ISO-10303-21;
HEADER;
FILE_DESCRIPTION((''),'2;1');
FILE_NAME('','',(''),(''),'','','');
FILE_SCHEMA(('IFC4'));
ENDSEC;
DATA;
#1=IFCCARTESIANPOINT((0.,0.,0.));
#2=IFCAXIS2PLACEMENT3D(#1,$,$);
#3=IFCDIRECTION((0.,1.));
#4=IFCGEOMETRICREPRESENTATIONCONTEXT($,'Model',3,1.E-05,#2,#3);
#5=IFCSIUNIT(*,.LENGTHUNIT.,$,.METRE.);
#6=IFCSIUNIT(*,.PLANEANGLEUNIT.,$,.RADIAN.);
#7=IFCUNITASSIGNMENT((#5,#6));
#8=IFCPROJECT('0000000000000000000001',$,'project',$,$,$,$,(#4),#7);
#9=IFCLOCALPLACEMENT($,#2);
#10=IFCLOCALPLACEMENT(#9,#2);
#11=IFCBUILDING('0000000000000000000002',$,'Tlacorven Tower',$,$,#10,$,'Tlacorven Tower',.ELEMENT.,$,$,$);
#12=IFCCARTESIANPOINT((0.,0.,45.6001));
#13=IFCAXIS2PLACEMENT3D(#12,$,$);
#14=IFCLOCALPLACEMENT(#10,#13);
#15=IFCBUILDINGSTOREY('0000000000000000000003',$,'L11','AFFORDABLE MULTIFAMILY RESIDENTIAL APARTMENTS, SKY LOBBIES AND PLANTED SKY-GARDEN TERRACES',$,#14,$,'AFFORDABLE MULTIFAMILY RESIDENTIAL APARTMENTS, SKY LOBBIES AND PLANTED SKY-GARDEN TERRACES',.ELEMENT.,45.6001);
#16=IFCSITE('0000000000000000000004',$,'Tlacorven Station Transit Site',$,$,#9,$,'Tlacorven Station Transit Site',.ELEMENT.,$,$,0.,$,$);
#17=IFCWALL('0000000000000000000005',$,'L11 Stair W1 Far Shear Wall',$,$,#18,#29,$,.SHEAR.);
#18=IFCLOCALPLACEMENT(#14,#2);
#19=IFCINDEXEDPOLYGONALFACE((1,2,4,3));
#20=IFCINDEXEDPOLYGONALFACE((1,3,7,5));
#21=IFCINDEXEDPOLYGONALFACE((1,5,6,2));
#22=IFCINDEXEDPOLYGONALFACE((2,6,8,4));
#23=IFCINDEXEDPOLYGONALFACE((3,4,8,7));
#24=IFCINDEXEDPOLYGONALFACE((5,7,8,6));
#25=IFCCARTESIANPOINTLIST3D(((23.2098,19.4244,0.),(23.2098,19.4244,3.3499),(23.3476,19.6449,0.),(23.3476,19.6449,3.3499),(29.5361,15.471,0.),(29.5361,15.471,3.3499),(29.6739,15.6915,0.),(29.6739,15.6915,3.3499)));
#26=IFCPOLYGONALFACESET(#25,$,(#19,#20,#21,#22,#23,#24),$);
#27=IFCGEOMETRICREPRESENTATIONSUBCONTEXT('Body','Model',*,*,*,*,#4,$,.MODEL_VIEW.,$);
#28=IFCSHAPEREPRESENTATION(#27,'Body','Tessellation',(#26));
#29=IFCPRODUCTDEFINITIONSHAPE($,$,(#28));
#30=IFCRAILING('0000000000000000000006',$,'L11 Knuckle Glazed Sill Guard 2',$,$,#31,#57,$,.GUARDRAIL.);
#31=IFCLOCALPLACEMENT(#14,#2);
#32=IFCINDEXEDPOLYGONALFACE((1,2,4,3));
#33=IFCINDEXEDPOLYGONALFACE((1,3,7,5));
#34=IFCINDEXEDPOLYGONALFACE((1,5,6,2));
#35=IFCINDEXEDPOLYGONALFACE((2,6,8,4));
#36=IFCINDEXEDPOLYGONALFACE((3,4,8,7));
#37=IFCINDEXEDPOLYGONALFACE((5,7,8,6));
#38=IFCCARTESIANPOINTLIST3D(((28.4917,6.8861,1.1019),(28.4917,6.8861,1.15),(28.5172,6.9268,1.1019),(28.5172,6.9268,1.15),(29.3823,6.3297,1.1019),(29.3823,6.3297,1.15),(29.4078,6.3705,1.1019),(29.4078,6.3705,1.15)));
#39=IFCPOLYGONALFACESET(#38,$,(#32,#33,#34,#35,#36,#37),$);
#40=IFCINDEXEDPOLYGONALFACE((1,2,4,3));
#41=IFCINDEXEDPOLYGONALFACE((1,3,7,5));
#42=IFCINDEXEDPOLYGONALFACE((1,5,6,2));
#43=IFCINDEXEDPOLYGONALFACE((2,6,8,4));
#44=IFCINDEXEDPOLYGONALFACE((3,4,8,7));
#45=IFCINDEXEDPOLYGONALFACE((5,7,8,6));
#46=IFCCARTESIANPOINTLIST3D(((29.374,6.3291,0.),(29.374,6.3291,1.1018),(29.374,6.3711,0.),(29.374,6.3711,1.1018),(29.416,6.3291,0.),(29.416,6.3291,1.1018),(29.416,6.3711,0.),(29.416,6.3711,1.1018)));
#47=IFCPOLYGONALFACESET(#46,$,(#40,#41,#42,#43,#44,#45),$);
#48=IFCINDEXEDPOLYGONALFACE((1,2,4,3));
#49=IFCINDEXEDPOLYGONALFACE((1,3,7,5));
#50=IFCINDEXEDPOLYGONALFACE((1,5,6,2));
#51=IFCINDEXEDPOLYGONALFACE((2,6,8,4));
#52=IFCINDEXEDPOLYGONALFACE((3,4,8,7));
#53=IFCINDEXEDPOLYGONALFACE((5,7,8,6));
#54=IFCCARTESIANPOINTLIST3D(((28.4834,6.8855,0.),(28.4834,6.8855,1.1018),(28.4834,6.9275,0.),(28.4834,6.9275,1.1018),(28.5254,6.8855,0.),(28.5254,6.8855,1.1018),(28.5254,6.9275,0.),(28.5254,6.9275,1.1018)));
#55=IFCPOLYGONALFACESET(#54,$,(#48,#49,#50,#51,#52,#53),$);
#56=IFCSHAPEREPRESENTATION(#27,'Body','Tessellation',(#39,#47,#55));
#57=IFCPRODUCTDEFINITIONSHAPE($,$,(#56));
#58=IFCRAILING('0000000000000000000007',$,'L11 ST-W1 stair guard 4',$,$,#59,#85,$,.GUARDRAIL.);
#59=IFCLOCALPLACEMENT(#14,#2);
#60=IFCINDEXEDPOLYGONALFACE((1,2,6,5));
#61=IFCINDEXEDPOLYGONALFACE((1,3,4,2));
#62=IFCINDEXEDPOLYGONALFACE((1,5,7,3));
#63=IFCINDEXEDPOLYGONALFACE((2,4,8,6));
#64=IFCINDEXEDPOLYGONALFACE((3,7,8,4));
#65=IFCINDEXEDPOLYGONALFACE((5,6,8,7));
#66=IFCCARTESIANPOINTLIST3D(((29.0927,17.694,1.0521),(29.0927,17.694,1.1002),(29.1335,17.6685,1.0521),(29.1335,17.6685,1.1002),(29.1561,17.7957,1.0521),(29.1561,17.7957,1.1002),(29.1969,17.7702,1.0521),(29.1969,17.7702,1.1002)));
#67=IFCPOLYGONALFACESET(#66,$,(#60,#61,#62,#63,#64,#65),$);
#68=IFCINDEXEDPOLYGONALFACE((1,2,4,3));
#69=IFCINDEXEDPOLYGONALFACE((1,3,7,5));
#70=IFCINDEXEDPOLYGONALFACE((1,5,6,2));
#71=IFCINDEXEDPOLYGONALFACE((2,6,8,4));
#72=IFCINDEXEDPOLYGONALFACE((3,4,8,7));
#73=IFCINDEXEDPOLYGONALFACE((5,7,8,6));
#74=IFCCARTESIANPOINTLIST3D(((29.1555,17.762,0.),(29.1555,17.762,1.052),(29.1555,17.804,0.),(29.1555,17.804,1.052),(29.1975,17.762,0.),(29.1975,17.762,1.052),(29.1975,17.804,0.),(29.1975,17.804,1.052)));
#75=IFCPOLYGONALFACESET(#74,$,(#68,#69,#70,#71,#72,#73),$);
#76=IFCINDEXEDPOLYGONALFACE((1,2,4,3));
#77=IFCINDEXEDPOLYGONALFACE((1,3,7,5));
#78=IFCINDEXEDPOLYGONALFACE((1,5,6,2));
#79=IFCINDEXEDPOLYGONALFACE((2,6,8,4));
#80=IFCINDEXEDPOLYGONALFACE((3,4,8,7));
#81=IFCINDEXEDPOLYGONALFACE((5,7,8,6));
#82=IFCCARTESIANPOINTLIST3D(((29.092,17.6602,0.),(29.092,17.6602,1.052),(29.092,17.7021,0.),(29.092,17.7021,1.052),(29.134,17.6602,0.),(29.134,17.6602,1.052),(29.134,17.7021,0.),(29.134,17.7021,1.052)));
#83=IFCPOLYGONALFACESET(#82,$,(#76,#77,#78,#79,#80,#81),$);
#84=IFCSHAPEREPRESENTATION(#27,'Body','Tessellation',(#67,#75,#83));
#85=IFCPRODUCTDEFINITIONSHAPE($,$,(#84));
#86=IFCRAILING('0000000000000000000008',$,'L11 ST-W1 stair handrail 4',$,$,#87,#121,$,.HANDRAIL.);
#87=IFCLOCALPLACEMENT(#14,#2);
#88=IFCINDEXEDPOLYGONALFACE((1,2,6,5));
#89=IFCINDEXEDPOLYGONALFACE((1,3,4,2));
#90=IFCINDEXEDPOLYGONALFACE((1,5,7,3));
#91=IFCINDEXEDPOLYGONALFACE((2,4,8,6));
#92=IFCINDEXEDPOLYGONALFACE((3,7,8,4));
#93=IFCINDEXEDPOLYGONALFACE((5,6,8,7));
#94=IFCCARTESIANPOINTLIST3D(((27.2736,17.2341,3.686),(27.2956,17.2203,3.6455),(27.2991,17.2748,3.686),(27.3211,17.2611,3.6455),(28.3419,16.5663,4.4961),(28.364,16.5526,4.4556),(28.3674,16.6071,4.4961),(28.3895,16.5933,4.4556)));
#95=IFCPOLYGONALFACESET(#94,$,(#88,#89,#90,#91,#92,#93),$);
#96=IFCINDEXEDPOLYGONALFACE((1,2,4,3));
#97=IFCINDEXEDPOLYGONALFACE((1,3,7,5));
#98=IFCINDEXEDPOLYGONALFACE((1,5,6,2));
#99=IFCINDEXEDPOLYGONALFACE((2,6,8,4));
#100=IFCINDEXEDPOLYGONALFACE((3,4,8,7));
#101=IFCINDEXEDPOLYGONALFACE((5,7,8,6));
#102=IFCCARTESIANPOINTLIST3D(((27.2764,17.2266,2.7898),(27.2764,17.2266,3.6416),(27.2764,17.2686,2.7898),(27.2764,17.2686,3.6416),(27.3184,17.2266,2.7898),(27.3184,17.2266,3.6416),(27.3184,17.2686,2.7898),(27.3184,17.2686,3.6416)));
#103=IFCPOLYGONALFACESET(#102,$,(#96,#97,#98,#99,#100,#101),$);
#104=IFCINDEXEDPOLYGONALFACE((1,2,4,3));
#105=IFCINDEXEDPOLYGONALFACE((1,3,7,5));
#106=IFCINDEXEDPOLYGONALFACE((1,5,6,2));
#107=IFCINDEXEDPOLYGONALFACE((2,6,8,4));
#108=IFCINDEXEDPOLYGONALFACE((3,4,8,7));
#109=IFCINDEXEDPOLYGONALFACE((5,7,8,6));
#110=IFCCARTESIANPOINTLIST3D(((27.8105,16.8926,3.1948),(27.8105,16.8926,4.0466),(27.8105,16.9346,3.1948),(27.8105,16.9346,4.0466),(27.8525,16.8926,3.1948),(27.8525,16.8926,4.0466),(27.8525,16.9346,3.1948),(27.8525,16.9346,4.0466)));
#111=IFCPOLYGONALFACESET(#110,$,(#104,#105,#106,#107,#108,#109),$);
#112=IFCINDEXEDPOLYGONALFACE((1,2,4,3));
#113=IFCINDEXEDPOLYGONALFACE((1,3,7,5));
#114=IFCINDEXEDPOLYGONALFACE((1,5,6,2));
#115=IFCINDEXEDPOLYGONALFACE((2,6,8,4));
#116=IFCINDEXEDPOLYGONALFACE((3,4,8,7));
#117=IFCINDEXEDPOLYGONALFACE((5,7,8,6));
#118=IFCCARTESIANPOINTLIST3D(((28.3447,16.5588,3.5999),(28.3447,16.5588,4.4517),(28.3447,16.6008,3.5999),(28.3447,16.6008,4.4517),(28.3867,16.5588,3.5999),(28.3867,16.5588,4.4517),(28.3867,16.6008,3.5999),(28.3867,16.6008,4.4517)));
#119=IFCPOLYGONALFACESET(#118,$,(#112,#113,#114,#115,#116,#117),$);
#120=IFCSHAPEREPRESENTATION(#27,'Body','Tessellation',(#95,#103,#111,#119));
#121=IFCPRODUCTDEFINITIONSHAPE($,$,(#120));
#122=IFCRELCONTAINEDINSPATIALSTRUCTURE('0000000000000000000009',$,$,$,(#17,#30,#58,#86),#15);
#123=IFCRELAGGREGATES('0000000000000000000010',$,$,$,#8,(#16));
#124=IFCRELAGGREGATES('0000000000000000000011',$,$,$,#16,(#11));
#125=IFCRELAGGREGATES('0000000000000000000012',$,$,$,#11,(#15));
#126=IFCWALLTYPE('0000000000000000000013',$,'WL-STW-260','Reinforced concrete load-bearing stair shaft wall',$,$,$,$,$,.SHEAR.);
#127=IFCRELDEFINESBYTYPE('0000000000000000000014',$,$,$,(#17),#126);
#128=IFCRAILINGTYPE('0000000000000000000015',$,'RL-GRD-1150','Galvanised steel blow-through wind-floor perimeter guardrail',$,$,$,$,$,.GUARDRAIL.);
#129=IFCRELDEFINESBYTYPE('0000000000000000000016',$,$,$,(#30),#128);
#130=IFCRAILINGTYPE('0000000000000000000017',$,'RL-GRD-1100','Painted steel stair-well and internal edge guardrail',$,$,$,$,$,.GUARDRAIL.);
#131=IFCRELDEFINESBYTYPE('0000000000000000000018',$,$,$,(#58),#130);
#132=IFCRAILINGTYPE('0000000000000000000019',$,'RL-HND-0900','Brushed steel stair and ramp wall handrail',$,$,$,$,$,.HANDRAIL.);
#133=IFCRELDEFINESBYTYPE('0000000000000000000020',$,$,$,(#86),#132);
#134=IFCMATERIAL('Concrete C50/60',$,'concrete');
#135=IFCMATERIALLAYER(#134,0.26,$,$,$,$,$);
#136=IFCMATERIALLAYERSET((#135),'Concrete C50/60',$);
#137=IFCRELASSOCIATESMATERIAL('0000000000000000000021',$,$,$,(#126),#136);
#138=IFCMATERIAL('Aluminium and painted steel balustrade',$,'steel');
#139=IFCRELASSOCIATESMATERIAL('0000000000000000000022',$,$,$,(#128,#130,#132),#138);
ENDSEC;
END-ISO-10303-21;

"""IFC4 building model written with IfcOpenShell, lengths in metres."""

from ifc_helpers import new_model, si_unit, direction, frame, frame_2d, origin, origin_2d, place, context, subcontext, project, spatial, rectangle, extrude, source, transform, mapped, material, layer, layer_set, type_object, element, save


model = new_model("IFC4")

# Units and contexts
model_context = context("Model", 3, precision=1e-05, world=origin(), true_north=direction((0.0, 1.0)))
body_context = subcontext(model_context, "Body", "Model", "MODEL_VIEW")
ifc_project = project(units=[si_unit("LENGTHUNIT", "METRE"), si_unit("PLANEANGLEUNIT", "RADIAN")], contexts=[model_context])

# Site, building, storey
site_placement = place(None, origin())
site = spatial("IfcSite", under=ifc_project, at=site_placement, Name="Tlacorven Station Transit Site", LongName="Tlacorven Station Transit Site", CompositionType="ELEMENT", RefElevation=0.0)
building_placement = place(site_placement, origin())
building = spatial("IfcBuilding", under=site, at=building_placement, Name="Tlacorven Tower", LongName="Tlacorven Tower", CompositionType="ELEMENT")
storey_placement = place(building_placement, frame((0.0, 0.0, 45.6001)))
storey = spatial("IfcBuildingStorey", under=building, at=storey_placement, Name="L11", Description="AFFORDABLE MULTIFAMILY RESIDENTIAL APARTMENTS, SKY LOBBIES AND PLANTED SKY-GARDEN TERRACES", LongName="AFFORDABLE MULTIFAMILY RESIDENTIAL APARTMENTS, SKY LOBBIES AND PLANTED SKY-GARDEN TERRACES", CompositionType="ELEMENT", Elevation=45.6001)

# Wall
ifc_material_1 = material(Name="Concrete C50/60", Category="concrete")
ifc_layer_1 = layer(ifc_material_1, 0.26)
ifc_layer_set_1 = layer_set([ifc_layer_1], Name="Concrete C50/60")
wall_type_1 = type_object("IfcWallType", Name="WL-STW-260", Description="Reinforced concrete load-bearing stair shaft wall", PredefinedType="SHEAR", material=ifc_layer_set_1)
wall_1_placement = place(storey_placement, frame((29.605, 15.5813, 0.0), z_axis=(0.0, 0.0, 1.0), x_axis=(-0.848037, 0.529937, 0.0)))
element("IfcWall", 1, at=wall_1_placement, inside=storey, type_object=wall_type_1, Name="L11 Stair W1 Far Shear Wall", PredefinedType="SHEAR", context=body_context, shape_type="SweptSolid", body=[
    extrude(rectangle(XDim=7.46, YDim=0.26, at=frame_2d((3.73, 0.0))), origin(), (0.0, 0.0, 1.0), 3.3499),
])

# Railings
ifc_material_2 = material(Name="Aluminium and painted steel balustrade", Category="steel")
railing_type_1 = type_object("IfcRailingType", Name="RL-GRD-1150", Description="Galvanised steel blow-through wind-floor perimeter guardrail", PredefinedType="GUARDRAIL", material=ifc_material_2)
shared_shape_1 = source(origin(), body_context, "Body", "SweptSolid", [
    extrude(rectangle(XDim=0.0481, YDim=0.0481, at=origin_2d()), frame((0.0, 0.0, 1.126), z_axis=(-0.848103, 0.529832, 0.0), x_axis=(-0.529832, -0.848103, 0.0)), (0.0, 0.0, 1.0), 1.05),
    extrude(rectangle(XDim=0.042, YDim=0.042, at=origin_2d()), origin(), (0.0, 0.0, 1.0), 1.1018),
    extrude(rectangle(XDim=0.042, YDim=0.042, at=origin_2d()), frame((-0.8906, 0.5564, 0.0)), (0.0, 0.0, 1.0), 1.1018),
])
railing_1_placement = place(storey_placement, frame((29.395, 6.3501, 0.0)))
element("IfcRailing", 2, at=railing_1_placement, inside=storey, type_object=railing_type_1, Name="L11 Knuckle Glazed Sill Guard 2", PredefinedType="GUARDRAIL", context=body_context, shape_type="MappedRepresentation", body=[
    mapped(shared_shape_1, transform((0.0, 0.0, 0.0), scale=1.0)),
])
railing_type_2 = type_object("IfcRailingType", Name="RL-GRD-1100", Description="Painted steel stair-well and internal edge guardrail", PredefinedType="GUARDRAIL", material=ifc_material_2)
shared_shape_2 = source(origin(), body_context, "Body", "SweptSolid", [
    extrude(rectangle(XDim=0.0481, YDim=0.0481, at=origin_2d()), frame((0.0, 0.0, 1.0762), z_axis=(-0.529084, -0.848569, 0.0), x_axis=(0.848569, -0.529084, 0.0)), (0.0, 0.0, 1.0), 0.1199),
    extrude(rectangle(XDim=0.042, YDim=0.042, at=origin_2d()), origin(), (0.0, 0.0, 1.0), 1.052),
    extrude(rectangle(XDim=0.042, YDim=0.042, at=origin_2d()), frame((-0.0635, -0.1018, 0.0)), (0.0, 0.0, 1.0), 1.052),
])
railing_2_placement = place(storey_placement, frame((29.1765, 17.783, 0.0)))
element("IfcRailing", 3, at=railing_2_placement, inside=storey, type_object=railing_type_2, Name="L11 ST-W1 stair guard 4", PredefinedType="GUARDRAIL", context=body_context, shape_type="MappedRepresentation", body=[
    mapped(shared_shape_2, transform((0.0, 0.0, 0.0), scale=1.0)),
])
railing_type_3 = type_object("IfcRailingType", Name="RL-HND-0900", Description="Brushed steel stair and ramp wall handrail", PredefinedType="HANDRAIL", material=ifc_material_2)
shared_shape_3 = source(origin(), body_context, "Body", "SweptSolid", [
    extrude(rectangle(XDim=0.0481, YDim=0.0481, at=origin_2d()), frame((0.0, 0.0, 0.876), z_axis=(0.71328, -0.4458, 0.540828), x_axis=(0.529999, 0.847998, 0.0)), (0.0, 0.0, 1.0), 1.4978),
    extrude(rectangle(XDim=0.042, YDim=0.042, at=origin_2d()), origin(), (0.0, 0.0, 1.0), 0.8518),
    extrude(rectangle(XDim=0.042, YDim=0.042, at=origin_2d()), frame((0.5342, -0.334, 0.405)), (0.0, 0.0, 1.0), 0.8518),
    extrude(rectangle(XDim=0.042, YDim=0.042, at=origin_2d()), frame((1.0684, -0.6677, 0.8101)), (0.0, 0.0, 1.0), 0.8518),
])
railing_3_placement = place(storey_placement, frame((27.2974, 17.2476, 2.7898)))
element("IfcRailing", 4, at=railing_3_placement, inside=storey, type_object=railing_type_3, Name="L11 ST-W1 stair handrail 4", PredefinedType="HANDRAIL", context=body_context, shape_type="MappedRepresentation", body=[
    mapped(shared_shape_3, transform((0.0, 0.0, 0.0), scale=1.0)),
])

save(model, "model.ifc")
